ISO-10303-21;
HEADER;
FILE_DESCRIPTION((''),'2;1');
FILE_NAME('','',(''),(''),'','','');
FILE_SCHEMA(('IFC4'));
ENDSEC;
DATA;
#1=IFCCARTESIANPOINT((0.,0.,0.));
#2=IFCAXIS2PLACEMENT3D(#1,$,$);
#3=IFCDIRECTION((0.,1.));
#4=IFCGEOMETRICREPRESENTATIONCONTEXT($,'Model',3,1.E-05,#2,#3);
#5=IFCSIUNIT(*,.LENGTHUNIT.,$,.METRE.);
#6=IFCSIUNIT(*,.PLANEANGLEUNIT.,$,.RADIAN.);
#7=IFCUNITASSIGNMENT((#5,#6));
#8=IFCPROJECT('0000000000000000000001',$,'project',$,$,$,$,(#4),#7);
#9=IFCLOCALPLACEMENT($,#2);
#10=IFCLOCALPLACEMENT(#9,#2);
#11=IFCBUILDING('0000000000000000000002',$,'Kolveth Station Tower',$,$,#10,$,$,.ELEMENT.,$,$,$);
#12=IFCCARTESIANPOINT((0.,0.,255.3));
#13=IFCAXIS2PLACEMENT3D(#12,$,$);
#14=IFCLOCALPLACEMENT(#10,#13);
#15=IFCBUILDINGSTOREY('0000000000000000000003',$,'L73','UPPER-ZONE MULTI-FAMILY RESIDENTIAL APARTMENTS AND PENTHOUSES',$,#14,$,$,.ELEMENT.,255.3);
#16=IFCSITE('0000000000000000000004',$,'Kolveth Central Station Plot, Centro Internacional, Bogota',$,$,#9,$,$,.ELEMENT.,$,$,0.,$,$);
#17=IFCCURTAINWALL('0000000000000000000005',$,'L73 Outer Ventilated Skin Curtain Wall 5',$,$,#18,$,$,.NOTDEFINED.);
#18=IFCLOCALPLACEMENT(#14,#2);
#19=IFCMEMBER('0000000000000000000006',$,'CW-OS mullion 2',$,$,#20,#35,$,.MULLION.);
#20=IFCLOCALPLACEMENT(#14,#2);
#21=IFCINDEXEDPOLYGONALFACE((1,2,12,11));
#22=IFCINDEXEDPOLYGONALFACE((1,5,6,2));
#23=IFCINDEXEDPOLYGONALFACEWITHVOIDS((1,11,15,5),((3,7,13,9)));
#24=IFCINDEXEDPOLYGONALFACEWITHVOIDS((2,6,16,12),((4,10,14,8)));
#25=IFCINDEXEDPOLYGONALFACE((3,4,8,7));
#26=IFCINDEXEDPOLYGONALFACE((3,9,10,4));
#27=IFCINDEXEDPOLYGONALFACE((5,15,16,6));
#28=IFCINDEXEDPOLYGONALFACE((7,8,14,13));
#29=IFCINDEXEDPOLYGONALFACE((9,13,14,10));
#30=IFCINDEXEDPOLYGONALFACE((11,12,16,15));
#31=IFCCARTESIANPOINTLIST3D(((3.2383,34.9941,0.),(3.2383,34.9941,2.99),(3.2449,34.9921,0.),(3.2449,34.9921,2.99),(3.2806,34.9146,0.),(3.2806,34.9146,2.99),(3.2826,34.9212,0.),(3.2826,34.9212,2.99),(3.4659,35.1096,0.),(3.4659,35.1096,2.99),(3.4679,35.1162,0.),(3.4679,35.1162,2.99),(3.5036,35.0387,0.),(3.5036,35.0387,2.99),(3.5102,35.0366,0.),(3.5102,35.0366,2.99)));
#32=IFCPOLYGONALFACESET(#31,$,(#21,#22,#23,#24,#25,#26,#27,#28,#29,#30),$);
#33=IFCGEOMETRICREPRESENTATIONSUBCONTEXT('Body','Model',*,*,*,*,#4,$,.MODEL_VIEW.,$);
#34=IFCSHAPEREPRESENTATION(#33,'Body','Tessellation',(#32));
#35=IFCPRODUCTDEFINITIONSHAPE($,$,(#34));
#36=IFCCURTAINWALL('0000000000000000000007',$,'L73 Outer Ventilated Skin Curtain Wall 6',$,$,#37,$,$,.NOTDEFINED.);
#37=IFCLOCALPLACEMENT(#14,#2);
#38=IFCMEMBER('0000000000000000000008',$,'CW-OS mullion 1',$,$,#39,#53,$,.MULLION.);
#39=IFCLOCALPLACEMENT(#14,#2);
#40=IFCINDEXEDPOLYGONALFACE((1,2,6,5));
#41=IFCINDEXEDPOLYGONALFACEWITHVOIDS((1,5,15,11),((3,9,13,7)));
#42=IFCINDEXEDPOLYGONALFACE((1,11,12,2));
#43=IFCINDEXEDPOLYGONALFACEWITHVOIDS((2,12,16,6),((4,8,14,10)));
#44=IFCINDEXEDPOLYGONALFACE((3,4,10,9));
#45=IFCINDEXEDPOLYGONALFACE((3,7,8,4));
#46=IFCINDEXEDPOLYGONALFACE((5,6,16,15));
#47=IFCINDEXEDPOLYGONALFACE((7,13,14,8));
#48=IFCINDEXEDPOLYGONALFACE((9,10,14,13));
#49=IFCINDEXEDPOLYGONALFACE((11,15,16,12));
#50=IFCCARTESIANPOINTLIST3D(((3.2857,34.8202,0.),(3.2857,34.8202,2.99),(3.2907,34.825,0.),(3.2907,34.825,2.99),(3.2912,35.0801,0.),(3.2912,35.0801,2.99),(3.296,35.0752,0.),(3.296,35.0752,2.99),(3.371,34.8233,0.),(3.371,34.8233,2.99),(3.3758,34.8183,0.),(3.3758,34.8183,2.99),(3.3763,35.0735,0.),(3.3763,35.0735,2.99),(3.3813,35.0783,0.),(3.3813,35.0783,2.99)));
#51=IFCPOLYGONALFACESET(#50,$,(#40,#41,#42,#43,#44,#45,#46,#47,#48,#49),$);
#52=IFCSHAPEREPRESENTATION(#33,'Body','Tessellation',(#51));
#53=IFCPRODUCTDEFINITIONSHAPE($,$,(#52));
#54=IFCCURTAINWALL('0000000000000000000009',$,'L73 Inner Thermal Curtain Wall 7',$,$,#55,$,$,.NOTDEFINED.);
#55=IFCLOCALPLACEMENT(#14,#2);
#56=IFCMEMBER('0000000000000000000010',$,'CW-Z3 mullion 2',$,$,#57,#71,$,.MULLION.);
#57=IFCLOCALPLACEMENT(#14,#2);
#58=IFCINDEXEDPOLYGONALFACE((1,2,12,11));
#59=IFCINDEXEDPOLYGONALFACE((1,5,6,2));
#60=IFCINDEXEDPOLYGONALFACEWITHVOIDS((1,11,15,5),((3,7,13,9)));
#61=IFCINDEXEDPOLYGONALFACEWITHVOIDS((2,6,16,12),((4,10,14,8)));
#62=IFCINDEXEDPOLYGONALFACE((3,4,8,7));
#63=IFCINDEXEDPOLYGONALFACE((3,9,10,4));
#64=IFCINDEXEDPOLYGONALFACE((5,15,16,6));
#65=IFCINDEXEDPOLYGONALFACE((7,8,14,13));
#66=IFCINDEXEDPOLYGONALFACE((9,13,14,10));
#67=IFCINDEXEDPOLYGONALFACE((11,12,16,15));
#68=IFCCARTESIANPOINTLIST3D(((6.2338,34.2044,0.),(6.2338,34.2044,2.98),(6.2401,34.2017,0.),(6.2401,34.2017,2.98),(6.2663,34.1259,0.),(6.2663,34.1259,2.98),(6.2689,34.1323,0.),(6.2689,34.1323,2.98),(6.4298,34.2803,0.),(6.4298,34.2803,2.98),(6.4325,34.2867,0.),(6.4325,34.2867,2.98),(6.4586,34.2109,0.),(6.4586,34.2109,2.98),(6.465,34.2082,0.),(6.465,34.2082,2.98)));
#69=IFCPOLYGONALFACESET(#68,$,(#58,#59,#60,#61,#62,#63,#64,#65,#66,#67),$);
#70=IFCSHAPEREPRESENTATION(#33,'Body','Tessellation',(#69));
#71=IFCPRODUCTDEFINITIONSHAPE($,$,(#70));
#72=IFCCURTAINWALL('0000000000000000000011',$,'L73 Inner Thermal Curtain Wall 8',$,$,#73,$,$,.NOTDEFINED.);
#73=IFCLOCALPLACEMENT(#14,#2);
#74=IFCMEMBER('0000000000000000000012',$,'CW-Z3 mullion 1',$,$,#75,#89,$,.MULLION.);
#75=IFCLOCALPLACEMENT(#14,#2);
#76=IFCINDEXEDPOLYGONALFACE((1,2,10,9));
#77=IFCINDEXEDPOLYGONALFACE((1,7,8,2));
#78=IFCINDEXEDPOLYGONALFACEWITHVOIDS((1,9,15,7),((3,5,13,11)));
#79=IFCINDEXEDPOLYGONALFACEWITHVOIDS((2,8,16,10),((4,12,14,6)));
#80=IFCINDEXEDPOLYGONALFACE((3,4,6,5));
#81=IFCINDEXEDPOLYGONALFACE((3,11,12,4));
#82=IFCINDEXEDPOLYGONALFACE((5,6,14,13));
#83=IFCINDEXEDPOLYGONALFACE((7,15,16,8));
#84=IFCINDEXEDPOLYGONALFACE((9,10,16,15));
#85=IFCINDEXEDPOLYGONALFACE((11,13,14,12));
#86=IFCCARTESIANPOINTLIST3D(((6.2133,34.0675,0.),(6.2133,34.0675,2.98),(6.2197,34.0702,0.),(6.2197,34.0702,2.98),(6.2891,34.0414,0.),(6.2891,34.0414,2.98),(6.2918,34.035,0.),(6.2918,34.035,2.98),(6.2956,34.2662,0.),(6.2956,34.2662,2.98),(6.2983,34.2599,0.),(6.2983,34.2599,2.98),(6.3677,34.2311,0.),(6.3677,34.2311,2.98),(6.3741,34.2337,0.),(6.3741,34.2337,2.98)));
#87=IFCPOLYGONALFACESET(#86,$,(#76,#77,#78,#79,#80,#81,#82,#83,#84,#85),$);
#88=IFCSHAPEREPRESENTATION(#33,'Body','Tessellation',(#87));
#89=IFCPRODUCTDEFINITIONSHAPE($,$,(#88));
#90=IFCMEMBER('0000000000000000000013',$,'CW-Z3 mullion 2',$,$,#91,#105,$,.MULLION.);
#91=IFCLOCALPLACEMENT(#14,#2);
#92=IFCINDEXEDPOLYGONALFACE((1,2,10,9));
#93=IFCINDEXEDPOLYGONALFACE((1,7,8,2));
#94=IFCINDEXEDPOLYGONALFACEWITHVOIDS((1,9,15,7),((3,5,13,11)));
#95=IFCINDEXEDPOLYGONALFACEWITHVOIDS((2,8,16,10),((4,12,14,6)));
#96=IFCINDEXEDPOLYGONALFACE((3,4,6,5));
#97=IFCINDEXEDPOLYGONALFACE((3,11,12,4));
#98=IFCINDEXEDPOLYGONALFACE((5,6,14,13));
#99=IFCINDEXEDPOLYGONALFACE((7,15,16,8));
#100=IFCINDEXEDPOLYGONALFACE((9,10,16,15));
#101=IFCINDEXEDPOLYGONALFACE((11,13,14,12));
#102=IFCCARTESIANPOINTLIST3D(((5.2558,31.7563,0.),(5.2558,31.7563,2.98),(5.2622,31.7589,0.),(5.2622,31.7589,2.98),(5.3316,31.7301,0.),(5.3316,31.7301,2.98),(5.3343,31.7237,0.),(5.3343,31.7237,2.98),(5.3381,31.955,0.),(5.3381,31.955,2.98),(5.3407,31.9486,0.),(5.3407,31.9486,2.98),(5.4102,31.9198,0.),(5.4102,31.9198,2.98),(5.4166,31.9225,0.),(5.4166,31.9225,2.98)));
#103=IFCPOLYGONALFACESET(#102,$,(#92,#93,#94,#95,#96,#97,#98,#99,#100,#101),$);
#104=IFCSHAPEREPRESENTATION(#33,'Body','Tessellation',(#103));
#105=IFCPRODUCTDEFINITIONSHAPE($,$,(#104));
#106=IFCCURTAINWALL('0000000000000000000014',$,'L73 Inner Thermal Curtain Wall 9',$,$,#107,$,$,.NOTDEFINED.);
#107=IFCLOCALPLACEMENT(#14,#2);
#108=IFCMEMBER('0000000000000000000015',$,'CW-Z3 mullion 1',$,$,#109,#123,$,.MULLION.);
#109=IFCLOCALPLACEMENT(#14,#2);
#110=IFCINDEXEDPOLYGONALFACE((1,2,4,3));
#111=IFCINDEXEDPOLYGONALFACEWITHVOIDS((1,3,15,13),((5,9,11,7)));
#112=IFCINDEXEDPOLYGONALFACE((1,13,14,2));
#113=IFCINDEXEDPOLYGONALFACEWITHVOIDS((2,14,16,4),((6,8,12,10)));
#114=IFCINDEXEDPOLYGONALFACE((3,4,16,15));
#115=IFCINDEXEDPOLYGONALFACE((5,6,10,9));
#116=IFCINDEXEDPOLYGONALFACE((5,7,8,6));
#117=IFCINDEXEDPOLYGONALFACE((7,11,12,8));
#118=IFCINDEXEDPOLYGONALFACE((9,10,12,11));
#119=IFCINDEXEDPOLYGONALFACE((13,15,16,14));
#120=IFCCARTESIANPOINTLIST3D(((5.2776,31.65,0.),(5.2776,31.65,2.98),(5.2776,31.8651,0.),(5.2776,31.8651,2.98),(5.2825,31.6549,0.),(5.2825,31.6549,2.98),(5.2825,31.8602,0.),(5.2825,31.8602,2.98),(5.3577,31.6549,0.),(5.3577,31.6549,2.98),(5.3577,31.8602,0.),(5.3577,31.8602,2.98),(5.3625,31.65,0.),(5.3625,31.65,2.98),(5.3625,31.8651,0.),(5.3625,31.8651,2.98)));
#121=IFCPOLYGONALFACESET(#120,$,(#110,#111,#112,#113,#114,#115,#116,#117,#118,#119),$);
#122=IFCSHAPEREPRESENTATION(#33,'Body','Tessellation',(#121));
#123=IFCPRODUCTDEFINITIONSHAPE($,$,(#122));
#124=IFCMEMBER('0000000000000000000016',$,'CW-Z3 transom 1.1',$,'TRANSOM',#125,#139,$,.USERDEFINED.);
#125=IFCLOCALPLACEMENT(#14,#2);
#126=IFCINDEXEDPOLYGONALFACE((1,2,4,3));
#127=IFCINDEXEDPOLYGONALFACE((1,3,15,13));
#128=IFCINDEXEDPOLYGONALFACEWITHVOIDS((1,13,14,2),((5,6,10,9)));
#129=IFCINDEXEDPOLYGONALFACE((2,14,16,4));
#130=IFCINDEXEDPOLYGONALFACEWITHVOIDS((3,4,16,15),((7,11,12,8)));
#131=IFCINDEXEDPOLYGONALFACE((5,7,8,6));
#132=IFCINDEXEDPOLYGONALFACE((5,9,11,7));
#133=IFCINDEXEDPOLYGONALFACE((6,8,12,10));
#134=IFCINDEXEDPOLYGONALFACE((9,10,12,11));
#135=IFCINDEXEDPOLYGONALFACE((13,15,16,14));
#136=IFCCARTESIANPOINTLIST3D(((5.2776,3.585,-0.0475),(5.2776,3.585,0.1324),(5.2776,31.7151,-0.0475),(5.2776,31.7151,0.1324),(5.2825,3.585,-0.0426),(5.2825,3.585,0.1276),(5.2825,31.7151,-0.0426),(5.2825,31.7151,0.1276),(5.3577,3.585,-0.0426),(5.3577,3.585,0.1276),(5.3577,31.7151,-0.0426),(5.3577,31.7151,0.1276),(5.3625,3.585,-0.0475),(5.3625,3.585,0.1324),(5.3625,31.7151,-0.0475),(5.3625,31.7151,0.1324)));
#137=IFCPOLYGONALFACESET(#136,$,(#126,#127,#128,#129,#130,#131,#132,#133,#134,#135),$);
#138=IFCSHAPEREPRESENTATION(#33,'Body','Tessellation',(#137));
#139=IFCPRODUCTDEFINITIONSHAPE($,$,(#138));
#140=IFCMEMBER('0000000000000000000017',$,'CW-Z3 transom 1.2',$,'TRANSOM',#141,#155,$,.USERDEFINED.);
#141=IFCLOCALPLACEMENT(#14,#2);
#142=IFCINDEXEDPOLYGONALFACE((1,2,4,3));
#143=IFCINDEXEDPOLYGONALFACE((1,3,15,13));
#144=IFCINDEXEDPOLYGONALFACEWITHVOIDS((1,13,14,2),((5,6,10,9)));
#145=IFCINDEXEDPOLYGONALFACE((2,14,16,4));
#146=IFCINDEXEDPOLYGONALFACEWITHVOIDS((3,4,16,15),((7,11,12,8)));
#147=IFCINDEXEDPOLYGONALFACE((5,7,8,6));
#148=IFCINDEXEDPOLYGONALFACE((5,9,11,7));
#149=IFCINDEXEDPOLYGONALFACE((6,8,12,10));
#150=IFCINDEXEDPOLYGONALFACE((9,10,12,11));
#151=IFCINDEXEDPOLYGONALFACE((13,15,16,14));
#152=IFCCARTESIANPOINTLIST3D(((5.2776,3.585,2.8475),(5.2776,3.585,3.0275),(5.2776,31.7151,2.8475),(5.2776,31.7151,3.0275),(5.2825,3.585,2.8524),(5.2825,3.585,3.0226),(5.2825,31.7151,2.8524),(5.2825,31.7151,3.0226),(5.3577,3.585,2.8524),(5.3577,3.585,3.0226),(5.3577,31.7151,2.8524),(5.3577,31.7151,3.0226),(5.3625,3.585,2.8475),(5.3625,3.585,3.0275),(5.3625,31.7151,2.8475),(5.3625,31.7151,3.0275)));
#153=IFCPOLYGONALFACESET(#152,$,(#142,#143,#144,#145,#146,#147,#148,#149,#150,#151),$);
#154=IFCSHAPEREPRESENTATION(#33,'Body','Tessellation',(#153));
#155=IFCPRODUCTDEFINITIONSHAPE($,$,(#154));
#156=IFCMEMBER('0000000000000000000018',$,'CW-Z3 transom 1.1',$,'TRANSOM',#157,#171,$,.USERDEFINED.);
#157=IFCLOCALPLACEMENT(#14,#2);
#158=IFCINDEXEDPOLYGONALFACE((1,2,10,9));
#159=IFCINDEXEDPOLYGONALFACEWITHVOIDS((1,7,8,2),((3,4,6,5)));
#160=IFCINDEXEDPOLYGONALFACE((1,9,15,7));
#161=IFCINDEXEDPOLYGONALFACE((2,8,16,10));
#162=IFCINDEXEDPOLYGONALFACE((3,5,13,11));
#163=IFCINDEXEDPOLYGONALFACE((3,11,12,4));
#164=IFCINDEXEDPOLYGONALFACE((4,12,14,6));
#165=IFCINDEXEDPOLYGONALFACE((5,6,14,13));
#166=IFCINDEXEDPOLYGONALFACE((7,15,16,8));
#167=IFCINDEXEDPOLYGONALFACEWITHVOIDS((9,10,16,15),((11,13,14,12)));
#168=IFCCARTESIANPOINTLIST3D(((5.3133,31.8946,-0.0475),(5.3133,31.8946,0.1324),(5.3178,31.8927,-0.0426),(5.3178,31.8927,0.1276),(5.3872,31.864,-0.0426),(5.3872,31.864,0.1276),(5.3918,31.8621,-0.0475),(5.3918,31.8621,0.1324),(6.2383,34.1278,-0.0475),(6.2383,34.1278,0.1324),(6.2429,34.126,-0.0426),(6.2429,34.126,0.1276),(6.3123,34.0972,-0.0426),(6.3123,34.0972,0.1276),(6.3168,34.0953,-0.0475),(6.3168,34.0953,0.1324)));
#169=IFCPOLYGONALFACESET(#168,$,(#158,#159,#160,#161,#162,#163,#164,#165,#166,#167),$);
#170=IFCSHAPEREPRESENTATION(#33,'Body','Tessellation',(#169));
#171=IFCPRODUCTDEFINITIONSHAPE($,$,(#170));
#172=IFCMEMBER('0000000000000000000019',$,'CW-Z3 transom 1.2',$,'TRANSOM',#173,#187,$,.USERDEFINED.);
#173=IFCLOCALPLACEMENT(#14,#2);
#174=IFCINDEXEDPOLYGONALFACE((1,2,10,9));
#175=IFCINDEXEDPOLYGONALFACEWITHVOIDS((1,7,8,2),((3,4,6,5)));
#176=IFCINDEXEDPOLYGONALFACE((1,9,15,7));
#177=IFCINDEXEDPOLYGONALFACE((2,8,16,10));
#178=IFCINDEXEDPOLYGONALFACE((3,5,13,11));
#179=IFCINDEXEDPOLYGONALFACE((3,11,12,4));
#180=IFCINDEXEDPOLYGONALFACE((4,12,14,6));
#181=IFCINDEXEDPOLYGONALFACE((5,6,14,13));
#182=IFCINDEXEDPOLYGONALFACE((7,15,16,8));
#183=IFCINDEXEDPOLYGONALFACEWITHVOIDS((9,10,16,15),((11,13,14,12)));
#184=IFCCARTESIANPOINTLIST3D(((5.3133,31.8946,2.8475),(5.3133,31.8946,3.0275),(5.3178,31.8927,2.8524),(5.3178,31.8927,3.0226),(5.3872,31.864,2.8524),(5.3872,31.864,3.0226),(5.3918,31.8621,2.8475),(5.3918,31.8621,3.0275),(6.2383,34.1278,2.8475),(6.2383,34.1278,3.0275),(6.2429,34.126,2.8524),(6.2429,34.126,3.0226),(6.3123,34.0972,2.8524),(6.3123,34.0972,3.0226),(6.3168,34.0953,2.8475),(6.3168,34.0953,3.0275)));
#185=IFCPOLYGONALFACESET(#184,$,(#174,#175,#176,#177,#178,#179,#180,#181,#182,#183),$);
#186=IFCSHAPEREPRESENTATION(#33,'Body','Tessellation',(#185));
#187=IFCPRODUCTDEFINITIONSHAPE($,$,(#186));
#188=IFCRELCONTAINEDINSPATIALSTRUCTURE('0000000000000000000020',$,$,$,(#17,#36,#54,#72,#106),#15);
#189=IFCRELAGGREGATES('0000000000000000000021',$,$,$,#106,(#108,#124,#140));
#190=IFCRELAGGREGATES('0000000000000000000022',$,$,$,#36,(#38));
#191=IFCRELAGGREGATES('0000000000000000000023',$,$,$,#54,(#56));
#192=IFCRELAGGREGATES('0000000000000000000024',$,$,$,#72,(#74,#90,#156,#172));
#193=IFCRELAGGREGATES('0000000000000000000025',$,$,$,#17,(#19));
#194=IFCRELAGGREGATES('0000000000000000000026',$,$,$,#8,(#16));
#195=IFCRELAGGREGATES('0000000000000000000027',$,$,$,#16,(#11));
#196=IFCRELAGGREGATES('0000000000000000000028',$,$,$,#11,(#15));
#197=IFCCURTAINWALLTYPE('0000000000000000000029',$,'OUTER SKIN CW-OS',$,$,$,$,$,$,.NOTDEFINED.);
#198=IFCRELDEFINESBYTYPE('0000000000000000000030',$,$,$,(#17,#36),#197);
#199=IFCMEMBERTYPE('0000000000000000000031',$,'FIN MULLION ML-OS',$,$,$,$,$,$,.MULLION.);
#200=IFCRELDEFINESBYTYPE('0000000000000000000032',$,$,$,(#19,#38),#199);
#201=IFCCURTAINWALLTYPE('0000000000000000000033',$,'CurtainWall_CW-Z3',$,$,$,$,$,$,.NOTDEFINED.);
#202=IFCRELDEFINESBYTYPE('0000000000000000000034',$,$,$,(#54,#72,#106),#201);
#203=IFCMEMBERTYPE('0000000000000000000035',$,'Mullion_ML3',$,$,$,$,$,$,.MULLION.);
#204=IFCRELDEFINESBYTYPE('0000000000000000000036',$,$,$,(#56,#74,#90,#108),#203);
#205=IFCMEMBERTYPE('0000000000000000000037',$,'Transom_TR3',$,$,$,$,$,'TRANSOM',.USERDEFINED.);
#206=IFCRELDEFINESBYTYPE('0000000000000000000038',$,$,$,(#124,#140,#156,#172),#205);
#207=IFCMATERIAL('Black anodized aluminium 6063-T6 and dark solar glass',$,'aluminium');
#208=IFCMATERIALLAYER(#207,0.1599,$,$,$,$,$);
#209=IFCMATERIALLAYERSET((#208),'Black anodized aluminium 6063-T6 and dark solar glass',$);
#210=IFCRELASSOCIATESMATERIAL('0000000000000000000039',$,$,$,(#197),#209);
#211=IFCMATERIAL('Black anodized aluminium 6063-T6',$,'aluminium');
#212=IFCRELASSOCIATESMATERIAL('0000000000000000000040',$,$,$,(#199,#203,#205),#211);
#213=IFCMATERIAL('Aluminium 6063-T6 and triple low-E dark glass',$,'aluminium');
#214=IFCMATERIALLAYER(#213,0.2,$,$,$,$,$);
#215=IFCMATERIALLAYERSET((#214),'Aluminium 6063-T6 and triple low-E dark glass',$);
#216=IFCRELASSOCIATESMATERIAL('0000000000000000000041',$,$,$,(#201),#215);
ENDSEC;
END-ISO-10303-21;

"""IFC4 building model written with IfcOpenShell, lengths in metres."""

from ifc_helpers import new_model, si_unit, direction, frame, origin, origin_2d, place, context, subcontext, project, spatial, hollow_rectangle, extrude, source, transform, mapped, material, layer, layer_set, material_profile, profile_set, type_object, element, aggregate, save


model = new_model("IFC4")

# Units and contexts
model_context = context("Model", 3, precision=1e-05, world=origin(), true_north=direction((0.0, 1.0)))
body_context = subcontext(model_context, "Body", "Model", "MODEL_VIEW")
ifc_project = project(units=[si_unit("LENGTHUNIT", "METRE"), si_unit("PLANEANGLEUNIT", "RADIAN")], contexts=[model_context])

# Site, building, storey
site_placement = place(None, origin())
site = spatial("IfcSite", under=ifc_project, at=site_placement, Name="Kolveth Central Station Plot, Centro Internacional, Bogota", CompositionType="ELEMENT", RefElevation=0.0)
building_placement = place(site_placement, origin())
building = spatial("IfcBuilding", under=site, at=building_placement, Name="Kolveth Station Tower", CompositionType="ELEMENT")
storey_placement = place(building_placement, frame((0.0, 0.0, 255.3)))
storey = spatial("IfcBuildingStorey", under=building, at=storey_placement, Name="L73", Description="UPPER-ZONE MULTI-FAMILY RESIDENTIAL APARTMENTS AND PENTHOUSES", CompositionType="ELEMENT", Elevation=255.3)

# Curtain walls, members
ifc_material_1 = material(Name="Black anodized aluminium 6063-T6 and dark solar glass", Category="aluminium")
ifc_layer_1 = layer(ifc_material_1, 0.1599)
ifc_layer_set_1 = layer_set([ifc_layer_1], Name="Black anodized aluminium 6063-T6 and dark solar glass")
curtain_wall_type_1 = type_object("IfcCurtainWallType", Name="OUTER SKIN CW-OS", PredefinedType="NOTDEFINED", material=ifc_layer_set_1)
curtain_wall_1_placement = place(storey_placement, origin())
curtain_wall_1 = element("IfcCurtainWall", 1, at=curtain_wall_1_placement, inside=storey, type_object=curtain_wall_type_1, Name="L73 Outer Ventilated Skin Curtain Wall 5", PredefinedType="NOTDEFINED")
ifc_material_2 = material(Name="Black anodized aluminium 6063-T6", Category="aluminium")
ifc_material_profile_1 = material_profile(ifc_material_2, hollow_rectangle(XDim=0.0901, YDim=0.26, WallThickness=0.0049, at=origin_2d()), Name="ALU-90x260x5")
ifc_profile_set_1 = profile_set([ifc_material_profile_1], Name="Black anodized aluminium 6063-T6")
member_type_1 = type_object("IfcMemberType", Name="FIN MULLION ML-OS", PredefinedType="MULLION", material=ifc_profile_set_1)
shared_shape_1 = source(origin(), body_context, "Body", "SweptSolid", [
    extrude(hollow_rectangle(XDim=0.0901, YDim=0.26, WallThickness=0.0049, at=origin_2d()), origin(), (0.0, 0.0, 1.0), 2.99),
])
member_1_placement = place(storey_placement, frame((3.3743, 35.0154, 0.0), z_axis=(0.0, 0.0, 1.0), x_axis=(0.46947, -0.882948, 0.0)))
member_1 = element("IfcMember", 2, at=member_1_placement, type_object=member_type_1, Name="CW-OS mullion 2", PredefinedType="MULLION", context=body_context, shape_type="MappedRepresentation", body=[
    mapped(shared_shape_1, transform((0.0, 0.0, 0.0), x_axis=(1.0, 0.0, 0.0), y_axis=(0.0, 1.0, 0.0), z_axis=(0.0, 0.0, 1.0), scale=1.0)),
])
curtain_wall_2_placement = place(storey_placement, origin())
curtain_wall_2 = element("IfcCurtainWall", 3, at=curtain_wall_2_placement, inside=storey, type_object=curtain_wall_type_1, Name="L73 Outer Ventilated Skin Curtain Wall 6", PredefinedType="NOTDEFINED")
member_2_placement = place(storey_placement, frame((3.3335, 34.9492, 0.0), z_axis=(0.0, 0.0, 1.0), x_axis=(0.999781, -0.020926, 0.0)))
member_2 = element("IfcMember", 4, at=member_2_placement, type_object=member_type_1, Name="CW-OS mullion 1", PredefinedType="MULLION", context=body_context, shape_type="MappedRepresentation", body=[
    mapped(shared_shape_1, transform((0.0, 0.0, 0.0), x_axis=(1.0, 0.0, 0.0), y_axis=(0.0, 1.0, 0.0), z_axis=(0.0, 0.0, 1.0), scale=1.0)),
])
ifc_material_3 = material(Name="Aluminium 6063-T6 and triple low-E dark glass", Category="aluminium")
ifc_layer_2 = layer(ifc_material_3, 0.2)
ifc_layer_set_2 = layer_set([ifc_layer_2], Name="Aluminium 6063-T6 and triple low-E dark glass")
curtain_wall_type_2 = type_object("IfcCurtainWallType", Name="CurtainWall_CW-Z3", PredefinedType="NOTDEFINED", material=ifc_layer_set_2)
curtain_wall_3_placement = place(storey_placement, origin())
curtain_wall_3 = element("IfcCurtainWall", 5, at=curtain_wall_3_placement, inside=storey, type_object=curtain_wall_type_2, Name="L73 Inner Thermal Curtain Wall 7", PredefinedType="NOTDEFINED")
ifc_material_profile_2 = material_profile(ifc_material_2, hollow_rectangle(XDim=0.085, YDim=0.2151, WallThickness=0.0049, at=origin_2d()), Name="ALU-85x215x5")
ifc_profile_set_2 = profile_set([ifc_material_profile_2], Name="Black anodized aluminium 6063-T6")
member_type_2 = type_object("IfcMemberType", Name="Mullion_ML3", PredefinedType="MULLION", material=ifc_profile_set_2)
shared_shape_2 = source(origin(), body_context, "Body", "SweptSolid", [
    extrude(hollow_rectangle(XDim=0.085, YDim=0.2151, WallThickness=0.0049, at=origin_2d()), origin(), (0.0, 0.0, 1.0), 2.98),
])
member_3_placement = place(storey_placement, frame((6.3494, 34.2063, 0.0), z_axis=(0.0, 0.0, 1.0), x_axis=(0.382693, -0.923875, 0.0)))
member_3 = element("IfcMember", 6, at=member_3_placement, type_object=member_type_2, Name="CW-Z3 mullion 2", PredefinedType="MULLION", context=body_context, shape_type="MappedRepresentation", body=[
    mapped(shared_shape_2, transform((0.0, 0.0, 0.0), x_axis=(1.0, 0.0, 0.0), y_axis=(0.0, 1.0, 0.0), z_axis=(0.0, 0.0, 1.0), scale=1.0)),
])

# Curtain walls, members
curtain_wall_4_placement = place(storey_placement, origin())
curtain_wall_4 = element("IfcCurtainWall", 7, at=curtain_wall_4_placement, inside=storey, type_object=curtain_wall_type_2, Name="L73 Inner Thermal Curtain Wall 8", PredefinedType="NOTDEFINED")
member_4_placement = place(storey_placement, frame((6.2937, 34.1506, 0.0), z_axis=(0.0, 0.0, 1.0), x_axis=(0.923875, -0.382693, 0.0)))
member_4 = element("IfcMember", 8, at=member_4_placement, type_object=member_type_2, Name="CW-Z3 mullion 1", PredefinedType="MULLION", context=body_context, shape_type="MappedRepresentation", body=[
    mapped(shared_shape_2, transform((0.0, 0.0, 0.0), x_axis=(1.0, 0.0, 0.0), y_axis=(0.0, 1.0, 0.0), z_axis=(0.0, 0.0, 1.0), scale=1.0)),
])
member_5_placement = place(storey_placement, frame((5.3362, 31.8394, 0.0), z_axis=(0.0, 0.0, 1.0), x_axis=(0.923875, -0.382693, 0.0)))
member_5 = element("IfcMember", 9, at=member_5_placement, type_object=member_type_2, Name="CW-Z3 mullion 2", PredefinedType="MULLION", context=body_context, shape_type="MappedRepresentation", body=[
    mapped(shared_shape_2, transform((0.0, 0.0, 0.0), x_axis=(1.0, 0.0, 0.0), y_axis=(0.0, 1.0, 0.0), z_axis=(0.0, 0.0, 1.0), scale=1.0)),
])
curtain_wall_5_placement = place(storey_placement, origin())
curtain_wall_5 = element("IfcCurtainWall", 10, at=curtain_wall_5_placement, inside=storey, type_object=curtain_wall_type_2, Name="L73 Inner Thermal Curtain Wall 9", PredefinedType="NOTDEFINED")
member_6_placement = place(storey_placement, frame((5.3201, 31.7576, 0.0), z_axis=(0.0, 0.0, 1.0), x_axis=(1.0, 0.0, 0.0)))
member_6 = element("IfcMember", 11, at=member_6_placement, type_object=member_type_2, Name="CW-Z3 mullion 1", PredefinedType="MULLION", context=body_context, shape_type="MappedRepresentation", body=[
    mapped(shared_shape_2, transform((0.0, 0.0, 0.0), x_axis=(1.0, 0.0, 0.0), y_axis=(0.0, 1.0, 0.0), z_axis=(0.0, 0.0, 1.0), scale=1.0)),
])
ifc_material_profile_3 = material_profile(ifc_material_2, hollow_rectangle(XDim=0.085, YDim=0.1799, WallThickness=0.0049, at=origin_2d()), Name="ALU-85x180x5")
ifc_profile_set_3 = profile_set([ifc_material_profile_3], Name="Black anodized aluminium 6063-T6")
member_type_3 = type_object("IfcMemberType", Name="Transom_TR3", ElementType="TRANSOM", PredefinedType="USERDEFINED", material=ifc_profile_set_3)
shared_shape_3 = source(origin(), body_context, "Body", "SweptSolid", [
    extrude(hollow_rectangle(XDim=0.085, YDim=0.1799, WallThickness=0.0049, at=origin_2d()), origin(), (0.0, 0.0, 1.0), 28.1301),
])
member_7_placement = place(storey_placement, frame((5.3201, 31.7151, 0.0425), z_axis=(0.0, -1.0, 0.0), x_axis=(1.0, 0.0, 0.0)))
member_7 = element("IfcMember", 12, at=member_7_placement, type_object=member_type_3, Name="CW-Z3 transom 1.1", ObjectType="TRANSOM", PredefinedType="USERDEFINED", context=body_context, shape_type="MappedRepresentation", body=[
    mapped(shared_shape_3, transform((0.0, 0.0, 0.0), x_axis=(1.0, 0.0, 0.0), y_axis=(0.0, 1.0, 0.0), z_axis=(0.0, 0.0, 1.0), scale=1.0)),
])
member_8_placement = place(storey_placement, frame((5.3201, 31.7151, 2.9375), z_axis=(0.0, -1.0, 0.0), x_axis=(1.0, 0.0, 0.0)))
member_8 = element("IfcMember", 13, at=member_8_placement, type_object=member_type_3, Name="CW-Z3 transom 1.2", ObjectType="TRANSOM", PredefinedType="USERDEFINED", context=body_context, shape_type="MappedRepresentation", body=[
    mapped(shared_shape_3, transform((0.0, 0.0, 0.0), x_axis=(1.0, 0.0, 0.0), y_axis=(0.0, 1.0, 0.0), z_axis=(0.0, 0.0, 1.0), scale=1.0)),
])
aggregate(curtain_wall_5, [member_6, member_7, member_8])

# Members
shared_shape_4 = source(origin(), body_context, "Body", "SweptSolid", [
    extrude(hollow_rectangle(XDim=0.085, YDim=0.1799, WallThickness=0.0049, at=origin_2d()), origin(), (0.0, 0.0, 1.0), 2.4172),
])
member_9_placement = place(storey_placement, frame((6.2776, 34.1116, 0.0425), z_axis=(-0.3827, -0.923873, 0.0), x_axis=(0.923873, -0.3827, 0.0)))
member_9 = element("IfcMember", 14, at=member_9_placement, type_object=member_type_3, Name="CW-Z3 transom 1.1", ObjectType="TRANSOM", PredefinedType="USERDEFINED", context=body_context, shape_type="MappedRepresentation", body=[
    mapped(shared_shape_4, transform((0.0, 0.0, 0.0), x_axis=(1.0, 0.0, 0.0), y_axis=(0.0, 1.0, 0.0), z_axis=(0.0, 0.0, 1.0), scale=1.0)),
])
member_10_placement = place(storey_placement, frame((6.2776, 34.1116, 2.9375), z_axis=(-0.3827, -0.923873, 0.0), x_axis=(0.923873, -0.3827, 0.0)))
member_10 = element("IfcMember", 15, at=member_10_placement, type_object=member_type_3, Name="CW-Z3 transom 1.2", ObjectType="TRANSOM", PredefinedType="USERDEFINED", context=body_context, shape_type="MappedRepresentation", body=[
    mapped(shared_shape_4, transform((0.0, 0.0, 0.0), x_axis=(1.0, 0.0, 0.0), y_axis=(0.0, 1.0, 0.0), z_axis=(0.0, 0.0, 1.0), scale=1.0)),
])
aggregate(curtain_wall_2, [member_2])

aggregate(curtain_wall_3, [member_3])
aggregate(curtain_wall_4, [member_4, member_5, member_9, member_10])
aggregate(curtain_wall_1, [member_1])

save(model, "model.ifc")
